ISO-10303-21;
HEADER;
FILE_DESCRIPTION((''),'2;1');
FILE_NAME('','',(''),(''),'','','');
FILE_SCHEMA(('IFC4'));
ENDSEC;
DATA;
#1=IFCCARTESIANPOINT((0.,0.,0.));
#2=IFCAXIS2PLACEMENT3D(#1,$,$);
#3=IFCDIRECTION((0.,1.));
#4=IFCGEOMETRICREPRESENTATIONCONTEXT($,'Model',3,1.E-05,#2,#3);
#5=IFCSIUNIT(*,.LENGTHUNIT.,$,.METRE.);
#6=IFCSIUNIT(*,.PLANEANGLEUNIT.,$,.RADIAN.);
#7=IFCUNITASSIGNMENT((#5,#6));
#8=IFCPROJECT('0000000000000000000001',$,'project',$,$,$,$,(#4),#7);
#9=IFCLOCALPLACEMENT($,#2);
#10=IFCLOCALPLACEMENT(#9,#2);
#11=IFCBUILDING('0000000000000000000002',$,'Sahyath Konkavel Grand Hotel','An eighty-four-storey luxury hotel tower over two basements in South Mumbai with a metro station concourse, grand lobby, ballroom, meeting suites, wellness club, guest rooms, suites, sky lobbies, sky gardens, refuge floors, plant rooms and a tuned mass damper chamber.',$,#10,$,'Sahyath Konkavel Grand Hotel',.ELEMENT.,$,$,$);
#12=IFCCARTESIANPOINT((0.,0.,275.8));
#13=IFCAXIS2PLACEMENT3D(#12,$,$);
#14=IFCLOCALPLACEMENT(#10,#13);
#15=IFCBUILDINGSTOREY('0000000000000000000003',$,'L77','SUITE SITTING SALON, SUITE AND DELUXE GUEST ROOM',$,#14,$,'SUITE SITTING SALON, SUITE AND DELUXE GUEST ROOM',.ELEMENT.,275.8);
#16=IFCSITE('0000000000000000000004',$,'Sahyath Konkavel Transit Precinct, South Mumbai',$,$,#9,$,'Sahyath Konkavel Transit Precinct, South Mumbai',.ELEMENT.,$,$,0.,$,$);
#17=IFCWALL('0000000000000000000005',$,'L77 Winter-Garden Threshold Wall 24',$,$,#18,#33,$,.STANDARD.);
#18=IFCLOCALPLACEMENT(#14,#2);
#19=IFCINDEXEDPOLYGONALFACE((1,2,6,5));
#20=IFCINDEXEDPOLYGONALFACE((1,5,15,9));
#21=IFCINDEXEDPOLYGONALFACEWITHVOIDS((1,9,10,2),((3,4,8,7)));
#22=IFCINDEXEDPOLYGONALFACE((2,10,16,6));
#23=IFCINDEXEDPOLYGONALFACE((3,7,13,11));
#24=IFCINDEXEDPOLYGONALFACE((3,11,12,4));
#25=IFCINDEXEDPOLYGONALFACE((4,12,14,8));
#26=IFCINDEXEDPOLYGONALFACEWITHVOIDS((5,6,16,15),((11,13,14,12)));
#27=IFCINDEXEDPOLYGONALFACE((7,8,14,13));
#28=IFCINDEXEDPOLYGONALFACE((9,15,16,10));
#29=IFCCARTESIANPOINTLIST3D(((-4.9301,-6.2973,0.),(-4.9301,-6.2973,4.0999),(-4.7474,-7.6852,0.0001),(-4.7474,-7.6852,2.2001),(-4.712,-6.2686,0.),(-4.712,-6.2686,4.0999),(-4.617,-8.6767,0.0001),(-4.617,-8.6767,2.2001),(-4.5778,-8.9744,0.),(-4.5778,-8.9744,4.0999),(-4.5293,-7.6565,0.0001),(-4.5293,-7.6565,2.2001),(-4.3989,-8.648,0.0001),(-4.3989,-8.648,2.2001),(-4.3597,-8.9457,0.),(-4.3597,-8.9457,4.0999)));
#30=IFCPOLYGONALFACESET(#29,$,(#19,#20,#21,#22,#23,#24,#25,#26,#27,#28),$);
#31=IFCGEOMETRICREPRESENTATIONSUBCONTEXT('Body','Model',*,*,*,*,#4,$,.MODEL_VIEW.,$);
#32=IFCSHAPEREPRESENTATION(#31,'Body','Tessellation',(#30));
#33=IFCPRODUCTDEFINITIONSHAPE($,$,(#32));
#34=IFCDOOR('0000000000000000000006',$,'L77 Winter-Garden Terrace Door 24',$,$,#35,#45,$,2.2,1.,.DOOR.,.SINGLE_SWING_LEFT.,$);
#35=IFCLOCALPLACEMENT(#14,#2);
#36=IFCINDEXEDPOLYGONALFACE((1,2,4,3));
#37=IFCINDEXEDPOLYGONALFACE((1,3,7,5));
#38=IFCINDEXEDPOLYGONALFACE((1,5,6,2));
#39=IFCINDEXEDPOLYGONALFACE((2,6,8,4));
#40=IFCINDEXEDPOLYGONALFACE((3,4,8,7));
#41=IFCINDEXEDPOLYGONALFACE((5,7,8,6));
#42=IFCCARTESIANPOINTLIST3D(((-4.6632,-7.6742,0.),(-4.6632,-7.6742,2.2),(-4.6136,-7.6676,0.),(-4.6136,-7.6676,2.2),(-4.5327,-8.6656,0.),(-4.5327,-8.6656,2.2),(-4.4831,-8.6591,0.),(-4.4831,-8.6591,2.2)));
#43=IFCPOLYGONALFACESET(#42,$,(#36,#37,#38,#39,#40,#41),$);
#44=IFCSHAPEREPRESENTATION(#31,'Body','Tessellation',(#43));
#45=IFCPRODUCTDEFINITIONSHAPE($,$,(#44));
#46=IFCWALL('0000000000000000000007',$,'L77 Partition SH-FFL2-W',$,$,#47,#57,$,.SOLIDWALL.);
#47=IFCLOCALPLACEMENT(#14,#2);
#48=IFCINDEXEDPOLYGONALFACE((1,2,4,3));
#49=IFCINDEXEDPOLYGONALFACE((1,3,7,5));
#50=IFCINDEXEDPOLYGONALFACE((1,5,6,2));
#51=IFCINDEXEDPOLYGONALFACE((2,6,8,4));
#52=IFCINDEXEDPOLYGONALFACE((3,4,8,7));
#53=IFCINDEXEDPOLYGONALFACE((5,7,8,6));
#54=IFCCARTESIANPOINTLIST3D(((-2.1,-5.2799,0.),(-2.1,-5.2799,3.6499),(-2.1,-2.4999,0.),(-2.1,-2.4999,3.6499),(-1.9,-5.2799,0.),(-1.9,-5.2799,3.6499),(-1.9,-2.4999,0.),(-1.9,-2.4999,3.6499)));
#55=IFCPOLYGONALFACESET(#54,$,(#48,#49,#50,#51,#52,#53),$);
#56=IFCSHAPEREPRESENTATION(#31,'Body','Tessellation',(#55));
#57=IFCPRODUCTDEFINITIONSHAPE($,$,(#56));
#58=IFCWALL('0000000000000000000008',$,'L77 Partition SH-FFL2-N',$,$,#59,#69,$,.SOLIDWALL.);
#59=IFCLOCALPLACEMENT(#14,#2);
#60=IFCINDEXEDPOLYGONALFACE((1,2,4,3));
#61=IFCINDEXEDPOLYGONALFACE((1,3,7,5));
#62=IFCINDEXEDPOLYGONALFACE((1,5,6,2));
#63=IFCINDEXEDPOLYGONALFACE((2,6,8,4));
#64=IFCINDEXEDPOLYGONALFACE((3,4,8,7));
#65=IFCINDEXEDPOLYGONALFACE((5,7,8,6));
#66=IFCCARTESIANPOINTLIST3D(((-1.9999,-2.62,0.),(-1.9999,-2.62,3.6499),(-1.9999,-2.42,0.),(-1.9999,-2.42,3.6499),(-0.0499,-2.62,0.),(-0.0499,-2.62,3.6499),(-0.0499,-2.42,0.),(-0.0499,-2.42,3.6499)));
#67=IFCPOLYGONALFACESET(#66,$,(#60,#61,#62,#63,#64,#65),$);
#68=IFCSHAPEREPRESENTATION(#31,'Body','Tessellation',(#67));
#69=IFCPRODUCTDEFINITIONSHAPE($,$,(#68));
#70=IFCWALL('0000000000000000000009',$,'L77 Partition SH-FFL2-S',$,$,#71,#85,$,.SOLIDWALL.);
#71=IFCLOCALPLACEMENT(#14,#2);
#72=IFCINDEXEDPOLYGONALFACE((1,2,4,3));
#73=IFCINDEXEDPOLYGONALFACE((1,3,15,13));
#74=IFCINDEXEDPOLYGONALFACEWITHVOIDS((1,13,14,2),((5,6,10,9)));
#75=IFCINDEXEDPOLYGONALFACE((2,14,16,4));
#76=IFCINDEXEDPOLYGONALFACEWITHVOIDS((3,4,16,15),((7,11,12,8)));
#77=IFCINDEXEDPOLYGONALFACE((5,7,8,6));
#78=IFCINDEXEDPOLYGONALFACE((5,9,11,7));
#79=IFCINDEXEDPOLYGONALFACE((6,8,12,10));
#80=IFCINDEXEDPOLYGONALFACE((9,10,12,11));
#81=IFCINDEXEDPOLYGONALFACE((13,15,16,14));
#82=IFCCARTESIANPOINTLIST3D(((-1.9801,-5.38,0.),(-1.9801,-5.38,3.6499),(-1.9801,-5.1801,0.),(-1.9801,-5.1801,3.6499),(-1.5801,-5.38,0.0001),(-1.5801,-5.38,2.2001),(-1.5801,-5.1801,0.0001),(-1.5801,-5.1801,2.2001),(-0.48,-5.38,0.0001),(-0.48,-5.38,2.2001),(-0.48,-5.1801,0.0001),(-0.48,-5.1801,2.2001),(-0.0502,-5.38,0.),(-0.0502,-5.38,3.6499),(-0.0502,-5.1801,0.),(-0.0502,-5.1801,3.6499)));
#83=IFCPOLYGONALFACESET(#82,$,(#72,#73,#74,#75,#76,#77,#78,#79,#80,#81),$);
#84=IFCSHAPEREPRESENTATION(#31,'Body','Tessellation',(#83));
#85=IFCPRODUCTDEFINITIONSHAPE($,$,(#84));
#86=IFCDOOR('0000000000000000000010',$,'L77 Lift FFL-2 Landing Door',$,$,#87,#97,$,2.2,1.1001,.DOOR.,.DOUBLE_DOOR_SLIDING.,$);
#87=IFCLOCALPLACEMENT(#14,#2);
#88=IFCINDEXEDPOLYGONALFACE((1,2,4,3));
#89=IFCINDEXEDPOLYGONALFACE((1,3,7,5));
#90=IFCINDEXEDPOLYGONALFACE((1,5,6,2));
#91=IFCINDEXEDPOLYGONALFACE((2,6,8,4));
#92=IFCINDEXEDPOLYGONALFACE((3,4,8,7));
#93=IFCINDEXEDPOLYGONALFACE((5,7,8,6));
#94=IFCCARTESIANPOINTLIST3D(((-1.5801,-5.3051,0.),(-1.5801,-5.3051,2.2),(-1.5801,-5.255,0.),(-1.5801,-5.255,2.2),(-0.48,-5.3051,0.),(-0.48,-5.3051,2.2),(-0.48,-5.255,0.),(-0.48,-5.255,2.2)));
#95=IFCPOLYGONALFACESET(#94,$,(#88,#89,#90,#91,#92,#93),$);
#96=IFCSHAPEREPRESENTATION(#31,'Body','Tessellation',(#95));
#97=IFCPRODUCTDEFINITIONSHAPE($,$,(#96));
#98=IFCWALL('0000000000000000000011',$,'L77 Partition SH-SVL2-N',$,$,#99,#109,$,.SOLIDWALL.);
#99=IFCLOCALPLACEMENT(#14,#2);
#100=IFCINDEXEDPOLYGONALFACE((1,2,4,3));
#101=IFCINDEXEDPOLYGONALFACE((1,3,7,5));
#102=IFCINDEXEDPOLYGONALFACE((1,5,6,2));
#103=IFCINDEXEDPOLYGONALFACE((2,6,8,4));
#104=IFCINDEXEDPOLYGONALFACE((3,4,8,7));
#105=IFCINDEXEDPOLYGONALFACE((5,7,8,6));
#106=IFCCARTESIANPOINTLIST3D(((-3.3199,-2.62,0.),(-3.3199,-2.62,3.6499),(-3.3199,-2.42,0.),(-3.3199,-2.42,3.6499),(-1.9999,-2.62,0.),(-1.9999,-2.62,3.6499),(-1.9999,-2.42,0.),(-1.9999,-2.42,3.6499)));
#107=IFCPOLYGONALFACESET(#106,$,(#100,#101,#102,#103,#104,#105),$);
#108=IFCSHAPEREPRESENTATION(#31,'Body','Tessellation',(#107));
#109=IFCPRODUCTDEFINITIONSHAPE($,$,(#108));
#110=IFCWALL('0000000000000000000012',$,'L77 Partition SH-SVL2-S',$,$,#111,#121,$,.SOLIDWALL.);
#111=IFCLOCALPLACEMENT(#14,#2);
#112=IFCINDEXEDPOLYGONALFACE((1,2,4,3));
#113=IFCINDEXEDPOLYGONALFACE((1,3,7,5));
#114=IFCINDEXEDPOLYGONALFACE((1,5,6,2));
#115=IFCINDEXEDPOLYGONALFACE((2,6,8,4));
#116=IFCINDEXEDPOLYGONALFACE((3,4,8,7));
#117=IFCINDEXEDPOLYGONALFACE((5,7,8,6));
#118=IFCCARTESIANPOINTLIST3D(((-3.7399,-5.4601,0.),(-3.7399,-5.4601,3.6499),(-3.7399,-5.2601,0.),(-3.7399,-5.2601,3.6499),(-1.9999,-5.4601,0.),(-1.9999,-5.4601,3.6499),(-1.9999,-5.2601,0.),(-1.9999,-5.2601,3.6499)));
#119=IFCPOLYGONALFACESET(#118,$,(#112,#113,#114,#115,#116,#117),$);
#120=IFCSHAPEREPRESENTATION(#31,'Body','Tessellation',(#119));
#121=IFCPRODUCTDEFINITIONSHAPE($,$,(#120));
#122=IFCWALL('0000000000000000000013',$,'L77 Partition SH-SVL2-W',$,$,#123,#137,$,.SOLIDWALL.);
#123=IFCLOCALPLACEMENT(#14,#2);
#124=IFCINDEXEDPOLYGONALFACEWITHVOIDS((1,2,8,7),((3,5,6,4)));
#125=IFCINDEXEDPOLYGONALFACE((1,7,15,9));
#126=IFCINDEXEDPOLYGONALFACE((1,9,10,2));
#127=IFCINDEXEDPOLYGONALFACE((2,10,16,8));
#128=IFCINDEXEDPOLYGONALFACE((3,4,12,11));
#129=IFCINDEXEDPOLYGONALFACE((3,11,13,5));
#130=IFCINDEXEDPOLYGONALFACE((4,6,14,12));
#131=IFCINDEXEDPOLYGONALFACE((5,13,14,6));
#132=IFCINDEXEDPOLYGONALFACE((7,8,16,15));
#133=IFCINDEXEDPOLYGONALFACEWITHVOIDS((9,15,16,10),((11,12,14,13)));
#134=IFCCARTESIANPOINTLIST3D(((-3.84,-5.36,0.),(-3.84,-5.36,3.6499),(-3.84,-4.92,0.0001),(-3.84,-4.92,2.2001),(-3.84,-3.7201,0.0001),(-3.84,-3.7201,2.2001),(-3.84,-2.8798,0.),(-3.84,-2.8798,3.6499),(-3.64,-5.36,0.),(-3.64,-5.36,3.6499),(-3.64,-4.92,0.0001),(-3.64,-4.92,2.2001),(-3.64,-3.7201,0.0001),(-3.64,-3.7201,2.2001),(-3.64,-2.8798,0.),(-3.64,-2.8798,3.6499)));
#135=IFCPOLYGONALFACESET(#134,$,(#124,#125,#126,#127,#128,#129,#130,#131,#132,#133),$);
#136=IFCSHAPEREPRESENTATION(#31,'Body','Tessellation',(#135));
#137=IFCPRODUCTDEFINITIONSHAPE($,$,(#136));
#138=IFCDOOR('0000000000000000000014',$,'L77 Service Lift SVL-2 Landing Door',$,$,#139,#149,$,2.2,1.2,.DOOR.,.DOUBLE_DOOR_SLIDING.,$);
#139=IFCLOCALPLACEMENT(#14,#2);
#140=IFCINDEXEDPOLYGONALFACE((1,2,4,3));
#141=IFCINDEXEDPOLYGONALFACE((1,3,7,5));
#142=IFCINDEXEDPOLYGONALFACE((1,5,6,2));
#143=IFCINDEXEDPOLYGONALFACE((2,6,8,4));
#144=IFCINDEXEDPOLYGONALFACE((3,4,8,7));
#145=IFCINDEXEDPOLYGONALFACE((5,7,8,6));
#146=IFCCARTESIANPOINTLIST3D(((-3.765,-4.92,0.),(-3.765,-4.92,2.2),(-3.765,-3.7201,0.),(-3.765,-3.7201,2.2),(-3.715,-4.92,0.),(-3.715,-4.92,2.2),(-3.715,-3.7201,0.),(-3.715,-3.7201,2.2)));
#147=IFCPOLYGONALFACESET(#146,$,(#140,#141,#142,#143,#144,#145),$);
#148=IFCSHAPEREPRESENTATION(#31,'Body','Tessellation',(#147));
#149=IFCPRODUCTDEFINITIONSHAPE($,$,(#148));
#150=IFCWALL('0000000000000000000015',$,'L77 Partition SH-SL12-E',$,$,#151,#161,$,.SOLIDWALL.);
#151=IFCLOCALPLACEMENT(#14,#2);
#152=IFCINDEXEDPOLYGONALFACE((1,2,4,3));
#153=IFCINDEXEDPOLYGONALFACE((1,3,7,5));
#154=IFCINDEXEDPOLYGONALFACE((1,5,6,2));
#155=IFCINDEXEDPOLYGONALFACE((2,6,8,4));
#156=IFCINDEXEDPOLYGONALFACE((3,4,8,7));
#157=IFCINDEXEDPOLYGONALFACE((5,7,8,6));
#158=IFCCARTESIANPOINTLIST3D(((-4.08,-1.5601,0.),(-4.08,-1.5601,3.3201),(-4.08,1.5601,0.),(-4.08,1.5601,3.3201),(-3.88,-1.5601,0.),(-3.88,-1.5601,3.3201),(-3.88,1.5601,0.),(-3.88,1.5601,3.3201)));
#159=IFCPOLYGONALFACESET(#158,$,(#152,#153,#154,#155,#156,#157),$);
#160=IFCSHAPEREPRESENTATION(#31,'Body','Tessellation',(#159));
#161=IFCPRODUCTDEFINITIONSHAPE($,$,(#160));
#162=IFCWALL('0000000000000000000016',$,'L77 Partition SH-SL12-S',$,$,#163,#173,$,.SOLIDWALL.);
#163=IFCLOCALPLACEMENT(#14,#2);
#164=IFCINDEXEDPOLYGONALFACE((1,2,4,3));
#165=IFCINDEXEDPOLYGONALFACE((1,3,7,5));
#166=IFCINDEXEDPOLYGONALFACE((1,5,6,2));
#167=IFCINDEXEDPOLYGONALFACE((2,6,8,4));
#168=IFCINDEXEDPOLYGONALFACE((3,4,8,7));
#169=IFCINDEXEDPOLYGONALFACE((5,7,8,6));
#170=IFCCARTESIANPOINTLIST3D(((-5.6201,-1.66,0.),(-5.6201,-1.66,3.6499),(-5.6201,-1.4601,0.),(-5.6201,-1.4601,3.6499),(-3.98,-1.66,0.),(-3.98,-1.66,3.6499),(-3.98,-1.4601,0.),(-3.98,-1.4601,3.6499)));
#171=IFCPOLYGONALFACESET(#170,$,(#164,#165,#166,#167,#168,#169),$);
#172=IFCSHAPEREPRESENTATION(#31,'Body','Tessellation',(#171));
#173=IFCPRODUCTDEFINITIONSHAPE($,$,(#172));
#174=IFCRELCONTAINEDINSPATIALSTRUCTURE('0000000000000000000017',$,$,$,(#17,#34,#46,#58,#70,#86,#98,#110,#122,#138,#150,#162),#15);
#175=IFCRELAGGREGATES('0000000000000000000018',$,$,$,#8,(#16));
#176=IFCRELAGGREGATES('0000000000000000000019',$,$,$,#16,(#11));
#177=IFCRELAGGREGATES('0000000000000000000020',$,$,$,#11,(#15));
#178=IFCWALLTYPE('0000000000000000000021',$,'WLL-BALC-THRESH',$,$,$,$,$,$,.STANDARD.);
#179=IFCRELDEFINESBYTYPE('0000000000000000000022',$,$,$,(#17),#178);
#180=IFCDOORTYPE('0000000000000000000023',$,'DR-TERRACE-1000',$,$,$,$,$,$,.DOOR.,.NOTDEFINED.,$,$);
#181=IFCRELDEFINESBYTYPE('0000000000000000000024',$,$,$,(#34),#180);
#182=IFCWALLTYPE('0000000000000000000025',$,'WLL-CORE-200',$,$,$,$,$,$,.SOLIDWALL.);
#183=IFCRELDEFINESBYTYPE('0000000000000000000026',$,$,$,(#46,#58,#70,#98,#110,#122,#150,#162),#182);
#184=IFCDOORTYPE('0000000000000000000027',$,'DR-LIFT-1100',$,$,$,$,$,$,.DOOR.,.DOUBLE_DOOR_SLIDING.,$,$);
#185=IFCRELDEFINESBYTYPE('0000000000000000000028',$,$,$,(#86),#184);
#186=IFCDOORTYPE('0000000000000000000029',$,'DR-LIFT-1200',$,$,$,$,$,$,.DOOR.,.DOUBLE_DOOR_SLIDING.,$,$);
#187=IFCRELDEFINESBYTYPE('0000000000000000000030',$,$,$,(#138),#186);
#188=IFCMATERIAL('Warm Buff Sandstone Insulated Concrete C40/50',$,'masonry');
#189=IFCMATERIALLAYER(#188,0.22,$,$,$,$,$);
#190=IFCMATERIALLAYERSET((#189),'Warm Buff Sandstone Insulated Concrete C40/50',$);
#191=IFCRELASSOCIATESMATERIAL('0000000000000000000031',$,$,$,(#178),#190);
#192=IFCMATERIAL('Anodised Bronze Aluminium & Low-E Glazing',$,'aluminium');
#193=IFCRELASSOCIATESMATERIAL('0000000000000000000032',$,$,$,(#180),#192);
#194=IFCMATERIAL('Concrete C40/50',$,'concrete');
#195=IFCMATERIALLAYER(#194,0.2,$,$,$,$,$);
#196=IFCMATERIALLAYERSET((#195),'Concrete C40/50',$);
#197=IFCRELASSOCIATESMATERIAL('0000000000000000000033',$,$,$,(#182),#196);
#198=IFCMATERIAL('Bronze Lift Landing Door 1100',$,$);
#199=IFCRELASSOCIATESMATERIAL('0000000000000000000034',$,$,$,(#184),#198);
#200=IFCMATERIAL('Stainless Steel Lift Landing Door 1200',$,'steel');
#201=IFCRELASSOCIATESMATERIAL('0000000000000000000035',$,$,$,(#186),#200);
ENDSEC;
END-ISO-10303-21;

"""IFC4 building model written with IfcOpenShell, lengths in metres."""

from ifc_helpers import new_model, si_unit, direction, frame, frame_2d, origin, origin_2d, place, context, subcontext, project, spatial, rectangle, extrude, source, transform, mapped, material, layer, layer_set, type_object, element, fill, save


model = new_model("IFC4")

# Units and contexts
model_context = context("Model", 3, precision=1e-05, world=origin(), true_north=direction((0.0, 1.0)))
body_context = subcontext(model_context, "Body", "Model", "MODEL_VIEW")
ifc_project = project(units=[si_unit("LENGTHUNIT", "METRE"), si_unit("PLANEANGLEUNIT", "RADIAN")], contexts=[model_context])

# Site, building, storey
site_placement = place(None, origin())
site = spatial("IfcSite", under=ifc_project, at=site_placement, Name="Sahyath Konkavel Transit Precinct, South Mumbai", LongName="Sahyath Konkavel Transit Precinct, South Mumbai", CompositionType="ELEMENT", RefElevation=0.0)
building_placement = place(site_placement, origin())
building = spatial("IfcBuilding", under=site, at=building_placement, Name="Sahyath Konkavel Grand Hotel", Description="An eighty-four-storey luxury hotel tower over two basements in South Mumbai with a metro station concourse, grand lobby, ballroom, meeting suites, wellness club, guest rooms, suites, sky lobbies, sky gardens, refuge floors, plant rooms and a tuned mass damper chamber.", LongName="Sahyath Konkavel Grand Hotel", CompositionType="ELEMENT")
storey_placement = place(building_placement, frame((0.0, 0.0, 275.8)))
storey = spatial("IfcBuildingStorey", under=building, at=storey_placement, Name="L77", Description="SUITE SITTING SALON, SUITE AND DELUXE GUEST ROOM", LongName="SUITE SITTING SALON, SUITE AND DELUXE GUEST ROOM", CompositionType="ELEMENT", Elevation=275.8)

# Shared definitions
ifc_material_1 = material(Name="Concrete C40/50", Category="concrete")

# Shared definitions
ifc_material_2 = material(Name="Anodised Bronze Aluminium & Low-E Glazing", Category="aluminium")

# Wall, opening, door
ifc_material_3 = material(Name="Warm Buff Sandstone Insulated Concrete C40/50", Category="masonry")
ifc_layer_1 = layer(ifc_material_3, 0.22)
ifc_layer_set_1 = layer_set([ifc_layer_1], Name="Warm Buff Sandstone Insulated Concrete C40/50")
wall_type_1 = type_object("IfcWallType", Name="WLL-BALC-THRESH", PredefinedType="STANDARD", material=ifc_layer_set_1)
wall_1_placement = place(storey_placement, frame((-4.821, -6.283, 0.0), z_axis=(0.0, 0.0, 1.0), x_axis=(0.130476, -0.991452, 0.0)))
wall_1 = element("IfcWall", 1, at=wall_1_placement, inside=storey, type_object=wall_type_1, Name="L77 Winter-Garden Threshold Wall 24", PredefinedType="STANDARD", context=body_context, shape_type="SweptSolid", body=[
    extrude(rectangle(XDim=2.7002, YDim=0.22, at=frame_2d((1.3501, 0.0))), origin(), (0.0, 0.0, 1.0), 4.0999),
])
opening_1_placement = place(wall_1_placement, frame((1.3999, 0.0, 0.0)))
opening_1 = element("IfcOpeningElement", 2, at=opening_1_placement, cuts=wall_1, PredefinedType="OPENING", context=body_context, shape_type="SweptSolid", body=[
    extrude(rectangle(XDim=1.0, YDim=2.2, at=frame_2d((0.5, 1.1001))), frame((0.0, 0.1201, 0.0), z_axis=(0.0, -1.0, 0.0), x_axis=(1.0, 0.0, 0.0)), (0.0, 0.0, 1.0), 0.24),
])
door_type_1 = type_object("IfcDoorType", Name="DR-TERRACE-1000", OperationType="NOTDEFINED", PredefinedType="DOOR", material=ifc_material_2)
shared_shape_1 = source(origin(), body_context, "Body", "SweptSolid", [
    extrude(rectangle(XDim=1.0, YDim=0.05, at=origin_2d()), origin(), (0.0, 0.0, 1.0), 2.2),
])
door_1_placement = place(opening_1_placement, frame((0.5, 0.0, 0.0)))
door_1 = element("IfcDoor", 3, at=door_1_placement, inside=storey, type_object=door_type_1, Name="L77 Winter-Garden Terrace Door 24", OperationType="SINGLE_SWING_LEFT", OverallHeight=2.2, OverallWidth=1.0, PredefinedType="DOOR", context=body_context, shape_type="MappedRepresentation", body=[
    mapped(shared_shape_1, transform((0.0, 0.0, 0.0), scale=1.0)),
])
fill(opening_1, door_1)

# Walls
ifc_layer_2 = layer(ifc_material_1, 0.2)
ifc_layer_set_2 = layer_set([ifc_layer_2], Name="Concrete C40/50")
wall_type_2 = type_object("IfcWallType", Name="WLL-CORE-200", PredefinedType="SOLIDWALL", material=ifc_layer_set_2)
wall_2_placement = place(storey_placement, frame((-2.0, -5.28, 0.0), z_axis=(0.0, 0.0, 1.0), x_axis=(0.0, 1.0, 0.0)))
element("IfcWall", 4, at=wall_2_placement, inside=storey, type_object=wall_type_2, Name="L77 Partition SH-FFL2-W", PredefinedType="SOLIDWALL", context=body_context, shape_type="SweptSolid", body=[
    extrude(rectangle(XDim=2.78, YDim=0.2, at=frame_2d((1.3901, 0.0))), origin(), (0.0, 0.0, 1.0), 3.6499),
])
wall_3_placement = place(storey_placement, frame((-2.0, -2.52, 0.0), z_axis=(0.0, 0.0, 1.0), x_axis=(1.0, 0.0, 0.0)))
element("IfcWall", 5, at=wall_3_placement, inside=storey, type_object=wall_type_2, Name="L77 Partition SH-FFL2-N", PredefinedType="SOLIDWALL", context=body_context, shape_type="SweptSolid", body=[
    extrude(rectangle(XDim=1.95, YDim=0.2, at=frame_2d((0.9751, 0.0))), origin(), (0.0, 0.0, 1.0), 3.6499),
])

# Wall, opening, door
wall_4_placement = place(storey_placement, frame((-1.98, -5.28, 0.0), z_axis=(0.0, 0.0, 1.0), x_axis=(1.0, 0.0, 0.0)))
wall_4 = element("IfcWall", 6, at=wall_4_placement, inside=storey, type_object=wall_type_2, Name="L77 Partition SH-FFL2-S", PredefinedType="SOLIDWALL", context=body_context, shape_type="SweptSolid", body=[
    extrude(rectangle(XDim=1.9299, YDim=0.2, at=frame_2d((0.9648, 0.0))), origin(), (0.0, 0.0, 1.0), 3.6499),
])
opening_2_placement = place(wall_4_placement, frame((0.3999, 0.0, 0.0)))
opening_2 = element("IfcOpeningElement", 7, at=opening_2_placement, cuts=wall_4, PredefinedType="OPENING", context=body_context, shape_type="SweptSolid", body=[
    extrude(rectangle(XDim=1.1001, YDim=2.2, at=frame_2d((0.55, 1.1001))), frame((0.0, 0.1099, 0.0), z_axis=(0.0, -1.0, 0.0), x_axis=(1.0, 0.0, 0.0)), (0.0, 0.0, 1.0), 0.22),
])
ifc_material_4 = material(Name="Bronze Lift Landing Door 1100")
door_type_2 = type_object("IfcDoorType", Name="DR-LIFT-1100", OperationType="DOUBLE_DOOR_SLIDING", PredefinedType="DOOR", material=ifc_material_4)
shared_shape_2 = source(origin(), body_context, "Body", "SweptSolid", [
    extrude(rectangle(XDim=1.1001, YDim=0.05, at=origin_2d()), origin(), (0.0, 0.0, 1.0), 2.2),
])
door_2_placement = place(opening_2_placement, frame((0.55, 0.0, 0.0)))
door_2 = element("IfcDoor", 8, at=door_2_placement, inside=storey, type_object=door_type_2, Name="L77 Lift FFL-2 Landing Door", OperationType="DOUBLE_DOOR_SLIDING", OverallHeight=2.2, OverallWidth=1.1001, PredefinedType="DOOR", context=body_context, shape_type="MappedRepresentation", body=[
    mapped(shared_shape_2, transform((0.0, 0.0, 0.0), scale=1.0)),
])
fill(opening_2, door_2)

# Walls
wall_5_placement = place(storey_placement, frame((-3.3201, -2.52, 0.0), z_axis=(0.0, 0.0, 1.0), x_axis=(1.0, 0.0, 0.0)))
element("IfcWall", 9, at=wall_5_placement, inside=storey, type_object=wall_type_2, Name="L77 Partition SH-SVL2-N", PredefinedType="SOLIDWALL", context=body_context, shape_type="SweptSolid", body=[
    extrude(rectangle(XDim=1.3201, YDim=0.2, at=frame_2d((0.6602, 0.0))), origin(), (0.0, 0.0, 1.0), 3.6499),
])
wall_6_placement = place(storey_placement, frame((-3.74, -5.3601, 0.0), z_axis=(0.0, 0.0, 1.0), x_axis=(1.0, 0.0, 0.0)))
element("IfcWall", 10, at=wall_6_placement, inside=storey, type_object=wall_type_2, Name="L77 Partition SH-SVL2-S", PredefinedType="SOLIDWALL", context=body_context, shape_type="SweptSolid", body=[
    extrude(rectangle(XDim=1.74, YDim=0.2, at=frame_2d((0.8701, 0.0))), origin(), (0.0, 0.0, 1.0), 3.6499),
])

# Wall, opening, door
wall_7_placement = place(storey_placement, frame((-3.74, -5.3601, 0.0), z_axis=(0.0, 0.0, 1.0), x_axis=(0.0, 1.0, 0.0)))
wall_7 = element("IfcWall", 11, at=wall_7_placement, inside=storey, type_object=wall_type_2, Name="L77 Partition SH-SVL2-W", PredefinedType="SOLIDWALL", context=body_context, shape_type="SweptSolid", body=[
    extrude(rectangle(XDim=2.4802, YDim=0.2, at=frame_2d((1.2402, 0.0))), origin(), (0.0, 0.0, 1.0), 3.6499),
])
opening_3_placement = place(wall_7_placement, frame((0.4399, 0.0, 0.0)))
opening_3 = element("IfcOpeningElement", 12, at=opening_3_placement, cuts=wall_7, PredefinedType="OPENING", context=body_context, shape_type="SweptSolid", body=[
    extrude(rectangle(XDim=1.2, YDim=2.2, at=frame_2d((0.6001, 1.1001))), frame((0.0, 0.1099, 0.0), z_axis=(0.0, -1.0, 0.0), x_axis=(1.0, 0.0, 0.0)), (0.0, 0.0, 1.0), 0.22),
])
ifc_material_5 = material(Name="Stainless Steel Lift Landing Door 1200", Category="steel")
door_type_3 = type_object("IfcDoorType", Name="DR-LIFT-1200", OperationType="DOUBLE_DOOR_SLIDING", PredefinedType="DOOR", material=ifc_material_5)
shared_shape_3 = source(origin(), body_context, "Body", "SweptSolid", [
    extrude(rectangle(XDim=1.2, YDim=0.05, at=origin_2d()), origin(), (0.0, 0.0, 1.0), 2.2),
])
door_3_placement = place(opening_3_placement, frame((0.6001, 0.0, 0.0)))
door_3 = element("IfcDoor", 13, at=door_3_placement, inside=storey, type_object=door_type_3, Name="L77 Service Lift SVL-2 Landing Door", OperationType="DOUBLE_DOOR_SLIDING", OverallHeight=2.2, OverallWidth=1.2, PredefinedType="DOOR", context=body_context, shape_type="MappedRepresentation", body=[
    mapped(shared_shape_3, transform((0.0, 0.0, 0.0), scale=1.0)),
])
fill(opening_3, door_3)

# Walls
wall_8_placement = place(storey_placement, frame((-3.98, -1.5601, 0.0), z_axis=(0.0, 0.0, 1.0), x_axis=(0.0, 1.0, 0.0)))
element("IfcWall", 14, at=wall_8_placement, inside=storey, type_object=wall_type_2, Name="L77 Partition SH-SL12-E", PredefinedType="SOLIDWALL", context=body_context, shape_type="SweptSolid", body=[
    extrude(rectangle(XDim=3.1201, YDim=0.2, at=frame_2d((1.5601, 0.0))), origin(), (0.0, 0.0, 1.0), 3.3201),
])
for number, where, z_axis, x_axis, name in (
    (15, (-5.6201, -1.5601, 0.0), (0.0, 0.0, 1.0), (1.0, 0.0, 0.0), "L77 Partition SH-SL12-S"),
):
    element("IfcWall", number, at=place(storey_placement, frame(where, z_axis=z_axis, x_axis=x_axis)), inside=storey, type_object=wall_type_2, Name=name, PredefinedType="SOLIDWALL", context=body_context, shape_type="SweptSolid", body=[
        extrude(rectangle(XDim=1.6401, YDim=0.2, at=frame_2d((0.8201, 0.0))), origin(), (0.0, 0.0, 1.0), 3.6499),
    ])

save(model, "model.ifc")
